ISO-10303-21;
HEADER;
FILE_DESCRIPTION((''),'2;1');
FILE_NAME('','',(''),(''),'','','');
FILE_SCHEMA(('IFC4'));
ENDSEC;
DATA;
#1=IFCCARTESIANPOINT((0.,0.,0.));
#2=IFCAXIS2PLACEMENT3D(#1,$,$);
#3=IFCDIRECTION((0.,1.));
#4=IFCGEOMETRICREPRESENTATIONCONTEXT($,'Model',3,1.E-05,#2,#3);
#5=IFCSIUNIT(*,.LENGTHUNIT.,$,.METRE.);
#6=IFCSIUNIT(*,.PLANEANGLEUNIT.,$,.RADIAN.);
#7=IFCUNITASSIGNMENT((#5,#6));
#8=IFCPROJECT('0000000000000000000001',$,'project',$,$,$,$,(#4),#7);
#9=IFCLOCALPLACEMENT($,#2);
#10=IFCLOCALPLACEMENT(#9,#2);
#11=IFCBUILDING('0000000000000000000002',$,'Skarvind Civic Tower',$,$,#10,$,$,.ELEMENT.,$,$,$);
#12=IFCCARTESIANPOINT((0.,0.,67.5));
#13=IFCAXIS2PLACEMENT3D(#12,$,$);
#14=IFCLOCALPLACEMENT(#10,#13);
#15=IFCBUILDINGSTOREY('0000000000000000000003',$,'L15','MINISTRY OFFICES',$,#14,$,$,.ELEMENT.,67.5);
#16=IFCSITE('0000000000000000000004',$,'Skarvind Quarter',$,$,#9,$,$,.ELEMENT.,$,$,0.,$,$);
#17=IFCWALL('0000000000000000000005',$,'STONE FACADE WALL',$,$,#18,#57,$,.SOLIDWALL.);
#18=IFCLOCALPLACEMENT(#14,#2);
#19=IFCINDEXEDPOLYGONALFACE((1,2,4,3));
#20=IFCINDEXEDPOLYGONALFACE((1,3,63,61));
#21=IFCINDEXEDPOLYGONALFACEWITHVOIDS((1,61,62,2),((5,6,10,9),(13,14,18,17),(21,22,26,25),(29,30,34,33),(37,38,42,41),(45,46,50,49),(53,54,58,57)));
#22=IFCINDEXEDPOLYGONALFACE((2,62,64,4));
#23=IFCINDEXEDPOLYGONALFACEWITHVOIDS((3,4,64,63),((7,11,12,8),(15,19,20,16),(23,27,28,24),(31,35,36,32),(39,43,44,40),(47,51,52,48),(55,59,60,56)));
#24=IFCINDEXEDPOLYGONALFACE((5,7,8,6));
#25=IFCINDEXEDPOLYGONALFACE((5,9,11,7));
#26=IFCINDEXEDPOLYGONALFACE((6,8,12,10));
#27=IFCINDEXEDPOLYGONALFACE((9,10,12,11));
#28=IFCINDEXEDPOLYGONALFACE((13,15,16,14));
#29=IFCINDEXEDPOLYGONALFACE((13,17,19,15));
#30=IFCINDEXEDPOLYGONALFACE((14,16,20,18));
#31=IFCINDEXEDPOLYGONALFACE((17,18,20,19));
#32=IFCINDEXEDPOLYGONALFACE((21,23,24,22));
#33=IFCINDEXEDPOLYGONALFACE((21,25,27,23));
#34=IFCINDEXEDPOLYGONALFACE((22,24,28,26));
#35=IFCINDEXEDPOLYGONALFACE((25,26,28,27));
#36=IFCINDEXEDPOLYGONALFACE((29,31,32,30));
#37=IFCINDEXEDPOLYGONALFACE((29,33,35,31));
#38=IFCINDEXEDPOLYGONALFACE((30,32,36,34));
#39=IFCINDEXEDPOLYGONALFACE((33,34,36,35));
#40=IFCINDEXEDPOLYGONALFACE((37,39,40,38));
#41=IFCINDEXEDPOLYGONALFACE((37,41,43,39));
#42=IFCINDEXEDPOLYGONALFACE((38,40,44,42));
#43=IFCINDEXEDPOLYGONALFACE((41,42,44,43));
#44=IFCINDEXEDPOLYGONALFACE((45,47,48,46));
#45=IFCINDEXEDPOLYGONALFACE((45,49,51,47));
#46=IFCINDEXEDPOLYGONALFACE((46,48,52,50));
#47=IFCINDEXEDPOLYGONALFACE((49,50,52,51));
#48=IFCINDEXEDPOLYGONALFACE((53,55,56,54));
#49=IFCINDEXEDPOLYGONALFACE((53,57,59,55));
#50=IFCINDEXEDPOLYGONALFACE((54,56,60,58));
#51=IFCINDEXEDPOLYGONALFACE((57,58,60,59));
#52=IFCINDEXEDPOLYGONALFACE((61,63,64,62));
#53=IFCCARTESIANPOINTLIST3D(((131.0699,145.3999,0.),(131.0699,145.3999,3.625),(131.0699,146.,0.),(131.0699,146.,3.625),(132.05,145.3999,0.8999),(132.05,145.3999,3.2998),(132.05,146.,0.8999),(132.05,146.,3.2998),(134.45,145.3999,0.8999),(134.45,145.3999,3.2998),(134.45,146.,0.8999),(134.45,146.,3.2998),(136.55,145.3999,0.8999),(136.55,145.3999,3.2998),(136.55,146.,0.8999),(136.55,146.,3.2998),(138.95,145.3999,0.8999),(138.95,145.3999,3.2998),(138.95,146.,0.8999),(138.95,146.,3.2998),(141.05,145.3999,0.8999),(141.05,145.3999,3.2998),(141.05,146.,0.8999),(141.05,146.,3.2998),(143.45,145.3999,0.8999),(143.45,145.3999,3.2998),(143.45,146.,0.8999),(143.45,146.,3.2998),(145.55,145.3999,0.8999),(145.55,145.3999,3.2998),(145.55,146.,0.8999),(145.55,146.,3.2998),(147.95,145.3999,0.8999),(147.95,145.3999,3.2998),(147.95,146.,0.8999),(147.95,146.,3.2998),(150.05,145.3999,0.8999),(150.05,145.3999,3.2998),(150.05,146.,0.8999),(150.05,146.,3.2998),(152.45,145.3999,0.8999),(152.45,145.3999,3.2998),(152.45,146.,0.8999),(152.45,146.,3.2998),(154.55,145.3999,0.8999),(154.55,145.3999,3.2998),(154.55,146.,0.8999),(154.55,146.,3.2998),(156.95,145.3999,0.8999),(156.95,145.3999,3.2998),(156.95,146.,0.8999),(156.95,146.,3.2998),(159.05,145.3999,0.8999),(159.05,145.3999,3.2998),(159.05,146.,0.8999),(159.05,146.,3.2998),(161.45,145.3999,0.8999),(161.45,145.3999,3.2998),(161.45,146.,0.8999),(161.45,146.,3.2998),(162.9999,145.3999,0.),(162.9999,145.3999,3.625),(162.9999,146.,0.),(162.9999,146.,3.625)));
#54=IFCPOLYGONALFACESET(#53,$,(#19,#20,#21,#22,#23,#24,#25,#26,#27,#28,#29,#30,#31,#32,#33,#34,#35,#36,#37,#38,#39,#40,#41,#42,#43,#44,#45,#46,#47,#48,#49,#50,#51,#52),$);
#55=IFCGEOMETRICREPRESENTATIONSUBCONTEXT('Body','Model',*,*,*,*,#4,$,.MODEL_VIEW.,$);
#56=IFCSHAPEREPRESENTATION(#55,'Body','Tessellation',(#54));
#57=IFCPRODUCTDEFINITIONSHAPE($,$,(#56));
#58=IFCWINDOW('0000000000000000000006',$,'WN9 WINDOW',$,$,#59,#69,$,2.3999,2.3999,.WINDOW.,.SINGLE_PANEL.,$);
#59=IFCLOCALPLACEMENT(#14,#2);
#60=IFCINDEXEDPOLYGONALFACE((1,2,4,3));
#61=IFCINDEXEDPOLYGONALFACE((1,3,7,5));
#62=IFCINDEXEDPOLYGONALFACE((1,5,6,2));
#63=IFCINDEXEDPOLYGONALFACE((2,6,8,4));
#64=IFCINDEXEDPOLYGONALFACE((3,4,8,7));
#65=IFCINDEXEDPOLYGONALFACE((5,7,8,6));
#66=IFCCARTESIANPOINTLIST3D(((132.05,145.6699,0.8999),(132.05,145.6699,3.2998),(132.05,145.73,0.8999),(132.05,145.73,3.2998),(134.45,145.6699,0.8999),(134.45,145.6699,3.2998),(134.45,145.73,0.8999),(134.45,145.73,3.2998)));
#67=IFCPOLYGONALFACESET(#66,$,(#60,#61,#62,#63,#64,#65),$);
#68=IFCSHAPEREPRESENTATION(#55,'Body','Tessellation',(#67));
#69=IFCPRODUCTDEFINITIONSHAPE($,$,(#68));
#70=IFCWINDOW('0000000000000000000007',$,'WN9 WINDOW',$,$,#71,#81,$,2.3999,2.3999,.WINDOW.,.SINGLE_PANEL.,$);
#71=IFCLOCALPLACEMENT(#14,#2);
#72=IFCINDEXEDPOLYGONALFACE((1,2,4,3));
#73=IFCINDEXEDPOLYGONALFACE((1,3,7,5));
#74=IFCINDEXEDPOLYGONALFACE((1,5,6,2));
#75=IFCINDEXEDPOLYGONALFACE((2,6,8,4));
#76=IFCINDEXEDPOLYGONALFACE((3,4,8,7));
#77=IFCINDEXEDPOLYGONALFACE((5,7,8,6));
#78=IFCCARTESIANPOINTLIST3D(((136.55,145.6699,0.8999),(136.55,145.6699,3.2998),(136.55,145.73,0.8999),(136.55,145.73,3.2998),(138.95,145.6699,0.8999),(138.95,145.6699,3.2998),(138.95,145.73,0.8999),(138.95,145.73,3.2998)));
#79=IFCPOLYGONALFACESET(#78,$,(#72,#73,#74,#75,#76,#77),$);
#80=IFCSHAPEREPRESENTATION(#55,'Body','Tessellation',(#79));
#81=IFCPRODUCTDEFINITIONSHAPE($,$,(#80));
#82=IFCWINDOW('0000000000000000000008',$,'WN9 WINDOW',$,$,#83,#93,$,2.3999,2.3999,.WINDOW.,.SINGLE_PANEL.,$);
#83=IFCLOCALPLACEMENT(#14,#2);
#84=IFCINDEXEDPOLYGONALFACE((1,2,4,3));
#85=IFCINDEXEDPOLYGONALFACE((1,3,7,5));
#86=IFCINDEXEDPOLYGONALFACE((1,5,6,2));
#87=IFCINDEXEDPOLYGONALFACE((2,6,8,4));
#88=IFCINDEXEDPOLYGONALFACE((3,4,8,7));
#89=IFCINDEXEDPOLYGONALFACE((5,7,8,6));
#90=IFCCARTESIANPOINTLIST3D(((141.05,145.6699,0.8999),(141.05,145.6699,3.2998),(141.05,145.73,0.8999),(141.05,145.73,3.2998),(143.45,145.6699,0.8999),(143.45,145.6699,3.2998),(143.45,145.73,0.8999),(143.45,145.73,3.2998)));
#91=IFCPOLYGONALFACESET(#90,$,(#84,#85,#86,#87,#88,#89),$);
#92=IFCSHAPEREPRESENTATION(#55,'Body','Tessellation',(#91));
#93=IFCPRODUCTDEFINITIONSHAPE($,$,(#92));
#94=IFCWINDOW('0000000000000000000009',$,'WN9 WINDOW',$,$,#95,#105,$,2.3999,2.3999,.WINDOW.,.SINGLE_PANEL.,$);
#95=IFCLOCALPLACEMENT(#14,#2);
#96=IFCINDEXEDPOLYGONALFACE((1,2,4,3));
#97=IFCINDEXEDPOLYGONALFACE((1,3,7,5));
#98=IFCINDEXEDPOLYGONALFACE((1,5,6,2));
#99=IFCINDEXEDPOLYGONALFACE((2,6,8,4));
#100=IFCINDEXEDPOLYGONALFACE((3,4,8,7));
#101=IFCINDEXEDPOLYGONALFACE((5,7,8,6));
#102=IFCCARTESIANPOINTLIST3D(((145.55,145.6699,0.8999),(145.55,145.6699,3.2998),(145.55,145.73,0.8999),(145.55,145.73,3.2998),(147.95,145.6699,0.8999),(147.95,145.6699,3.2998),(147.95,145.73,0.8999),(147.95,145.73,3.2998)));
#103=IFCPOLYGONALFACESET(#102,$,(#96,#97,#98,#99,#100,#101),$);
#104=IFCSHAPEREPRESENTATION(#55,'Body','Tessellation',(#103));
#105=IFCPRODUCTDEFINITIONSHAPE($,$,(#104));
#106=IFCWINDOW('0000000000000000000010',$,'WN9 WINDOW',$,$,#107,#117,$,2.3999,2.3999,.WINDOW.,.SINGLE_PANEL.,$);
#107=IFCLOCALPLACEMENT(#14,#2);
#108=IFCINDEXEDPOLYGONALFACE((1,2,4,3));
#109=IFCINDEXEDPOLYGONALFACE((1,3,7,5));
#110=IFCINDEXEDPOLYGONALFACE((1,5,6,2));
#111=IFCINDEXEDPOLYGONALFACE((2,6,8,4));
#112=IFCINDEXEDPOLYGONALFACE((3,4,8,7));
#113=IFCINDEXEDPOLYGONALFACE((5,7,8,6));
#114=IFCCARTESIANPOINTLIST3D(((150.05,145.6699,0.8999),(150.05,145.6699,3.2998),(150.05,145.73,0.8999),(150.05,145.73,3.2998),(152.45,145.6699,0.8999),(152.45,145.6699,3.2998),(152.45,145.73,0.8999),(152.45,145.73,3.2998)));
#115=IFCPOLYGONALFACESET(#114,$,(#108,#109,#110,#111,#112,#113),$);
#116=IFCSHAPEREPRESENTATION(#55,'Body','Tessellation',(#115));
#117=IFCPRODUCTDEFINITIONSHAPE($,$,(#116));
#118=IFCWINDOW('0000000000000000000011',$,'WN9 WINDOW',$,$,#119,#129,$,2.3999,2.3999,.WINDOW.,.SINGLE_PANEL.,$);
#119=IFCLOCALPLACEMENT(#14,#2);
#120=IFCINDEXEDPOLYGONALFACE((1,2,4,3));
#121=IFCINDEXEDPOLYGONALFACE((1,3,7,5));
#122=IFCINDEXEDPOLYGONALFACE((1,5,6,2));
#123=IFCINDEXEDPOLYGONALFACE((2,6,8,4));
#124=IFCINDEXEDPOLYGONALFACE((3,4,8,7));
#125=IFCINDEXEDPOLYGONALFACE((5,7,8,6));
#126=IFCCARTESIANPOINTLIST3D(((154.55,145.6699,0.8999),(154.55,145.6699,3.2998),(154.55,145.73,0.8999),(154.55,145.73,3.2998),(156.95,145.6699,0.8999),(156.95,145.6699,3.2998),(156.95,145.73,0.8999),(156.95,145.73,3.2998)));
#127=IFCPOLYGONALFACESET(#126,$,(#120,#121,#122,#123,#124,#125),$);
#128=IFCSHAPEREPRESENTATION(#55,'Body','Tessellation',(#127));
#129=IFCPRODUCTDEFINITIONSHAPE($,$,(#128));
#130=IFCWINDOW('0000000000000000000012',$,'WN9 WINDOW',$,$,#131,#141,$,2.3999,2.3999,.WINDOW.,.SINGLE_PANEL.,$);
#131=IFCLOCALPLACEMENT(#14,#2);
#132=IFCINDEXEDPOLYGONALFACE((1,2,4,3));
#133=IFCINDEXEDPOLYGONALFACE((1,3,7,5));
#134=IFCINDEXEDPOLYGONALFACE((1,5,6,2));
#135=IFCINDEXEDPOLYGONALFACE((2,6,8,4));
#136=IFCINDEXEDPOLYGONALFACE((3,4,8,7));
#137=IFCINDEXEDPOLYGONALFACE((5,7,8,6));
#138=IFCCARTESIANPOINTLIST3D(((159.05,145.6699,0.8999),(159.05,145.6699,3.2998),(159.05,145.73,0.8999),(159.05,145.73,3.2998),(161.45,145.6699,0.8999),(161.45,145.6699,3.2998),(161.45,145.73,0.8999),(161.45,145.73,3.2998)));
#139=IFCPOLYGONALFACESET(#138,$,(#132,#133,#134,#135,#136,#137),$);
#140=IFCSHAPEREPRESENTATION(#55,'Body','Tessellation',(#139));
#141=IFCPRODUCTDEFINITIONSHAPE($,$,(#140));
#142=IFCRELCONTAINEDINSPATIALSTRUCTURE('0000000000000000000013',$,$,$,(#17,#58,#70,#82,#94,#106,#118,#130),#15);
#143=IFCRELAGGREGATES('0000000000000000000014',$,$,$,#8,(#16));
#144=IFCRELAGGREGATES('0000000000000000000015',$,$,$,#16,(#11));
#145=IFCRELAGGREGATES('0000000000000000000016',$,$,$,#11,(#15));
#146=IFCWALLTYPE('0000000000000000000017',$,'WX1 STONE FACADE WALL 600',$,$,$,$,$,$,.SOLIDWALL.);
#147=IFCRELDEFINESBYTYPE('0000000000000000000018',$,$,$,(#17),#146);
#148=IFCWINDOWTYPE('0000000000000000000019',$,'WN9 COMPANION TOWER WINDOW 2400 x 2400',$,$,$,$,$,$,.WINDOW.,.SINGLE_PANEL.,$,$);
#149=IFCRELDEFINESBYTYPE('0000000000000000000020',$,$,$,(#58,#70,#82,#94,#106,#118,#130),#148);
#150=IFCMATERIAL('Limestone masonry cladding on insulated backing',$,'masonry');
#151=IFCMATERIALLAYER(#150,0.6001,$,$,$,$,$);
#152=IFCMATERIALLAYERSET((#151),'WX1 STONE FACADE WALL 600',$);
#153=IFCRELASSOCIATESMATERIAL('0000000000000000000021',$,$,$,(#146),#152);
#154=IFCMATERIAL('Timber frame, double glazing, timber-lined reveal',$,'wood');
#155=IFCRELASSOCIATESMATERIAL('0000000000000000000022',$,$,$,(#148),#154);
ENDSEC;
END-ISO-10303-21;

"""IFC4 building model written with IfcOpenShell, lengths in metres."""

from ifc_helpers import new_model, si_unit, direction, frame, frame_2d, origin, place, context, subcontext, project, spatial, rectangle, extrude, material, layer, layer_set, type_object, element, fill, save


model = new_model("IFC4")

# Units and contexts
model_context = context("Model", 3, precision=1e-05, world=origin(), true_north=direction((0.0, 1.0)))
body_context = subcontext(model_context, "Body", "Model", "MODEL_VIEW")
ifc_project = project(units=[si_unit("LENGTHUNIT", "METRE"), si_unit("PLANEANGLEUNIT", "RADIAN")], contexts=[model_context])

# Site, building, storey
site_placement = place(None, origin())
site = spatial("IfcSite", under=ifc_project, at=site_placement, Name="Skarvind Quarter", CompositionType="ELEMENT", RefElevation=0.0)
building_placement = place(site_placement, origin())
building = spatial("IfcBuilding", under=site, at=building_placement, Name="Skarvind Civic Tower", CompositionType="ELEMENT")
storey_placement = place(building_placement, frame((0.0, 0.0, 67.5)))
storey = spatial("IfcBuildingStorey", under=building, at=storey_placement, Name="L15", Description="MINISTRY OFFICES", CompositionType="ELEMENT", Elevation=67.5)

# Wall, openings, windows
ifc_material_1 = material(Name="Limestone masonry cladding on insulated backing", Category="masonry")
ifc_layer_1 = layer(ifc_material_1, 0.6001)
ifc_layer_set_1 = layer_set([ifc_layer_1], Name="WX1 STONE FACADE WALL 600")
wall_type_1 = type_object("IfcWallType", Name="WX1 STONE FACADE WALL 600", PredefinedType="SOLIDWALL", material=ifc_layer_set_1)
wall_1_placement = place(storey_placement, frame((131.0701, 145.7, 0.0), z_axis=(0.0, 0.0, 1.0), x_axis=(1.0, 0.0, 0.0)))
wall_1 = element("IfcWall", 1, at=wall_1_placement, inside=storey, type_object=wall_type_1, Name="STONE FACADE WALL", PredefinedType="SOLIDWALL", context=body_context, shape_type="SweptSolid", body=[
    extrude(rectangle(XDim=31.9299, YDim=0.6001, at=frame_2d((15.9648, 0.0))), origin(), (0.0, 0.0, 1.0), 3.625),
])
opening_1_placement = place(wall_1_placement, frame((0.98, 0.0, 0.8999)))
opening_1 = element("IfcOpeningElement", 2, at=opening_1_placement, cuts=wall_1, PredefinedType="OPENING", context=body_context, shape_type="SweptSolid", body=[
    extrude(rectangle(XDim=2.3999, YDim=2.3999, at=frame_2d((1.2, 1.2))), frame((0.0, 0.3101, 0.0), z_axis=(0.0, -1.0, 0.0), x_axis=(1.0, 0.0, 0.0)), (0.0, 0.0, 1.0), 0.6201),
])
opening_2_placement = place(wall_1_placement, frame((5.48, 0.0, 0.8999)))
opening_2 = element("IfcOpeningElement", 3, at=opening_2_placement, cuts=wall_1, PredefinedType="OPENING", context=body_context, shape_type="SweptSolid", body=[
    extrude(rectangle(XDim=2.3999, YDim=2.3999, at=frame_2d((1.2, 1.2))), frame((0.0, 0.3101, 0.0), z_axis=(0.0, -1.0, 0.0), x_axis=(1.0, 0.0, 0.0)), (0.0, 0.0, 1.0), 0.6201),
])
opening_3_placement = place(wall_1_placement, frame((9.98, 0.0, 0.8999)))
opening_3 = element("IfcOpeningElement", 4, at=opening_3_placement, cuts=wall_1, PredefinedType="OPENING", context=body_context, shape_type="SweptSolid", body=[
    extrude(rectangle(XDim=2.3999, YDim=2.3999, at=frame_2d((1.2, 1.2))), frame((0.0, 0.3101, 0.0), z_axis=(0.0, -1.0, 0.0), x_axis=(1.0, 0.0, 0.0)), (0.0, 0.0, 1.0), 0.6201),
])
opening_4_placement = place(wall_1_placement, frame((14.48, 0.0, 0.8999)))
opening_4 = element("IfcOpeningElement", 5, at=opening_4_placement, cuts=wall_1, PredefinedType="OPENING", context=body_context, shape_type="SweptSolid", body=[
    extrude(rectangle(XDim=2.3999, YDim=2.3999, at=frame_2d((1.2, 1.2))), frame((0.0, 0.3101, 0.0), z_axis=(0.0, -1.0, 0.0), x_axis=(1.0, 0.0, 0.0)), (0.0, 0.0, 1.0), 0.6201),
])
opening_5_placement = place(wall_1_placement, frame((18.98, 0.0, 0.8999)))
opening_5 = element("IfcOpeningElement", 6, at=opening_5_placement, cuts=wall_1, PredefinedType="OPENING", context=body_context, shape_type="SweptSolid", body=[
    extrude(rectangle(XDim=2.3999, YDim=2.3999, at=frame_2d((1.2, 1.2))), frame((0.0, 0.3101, 0.0), z_axis=(0.0, -1.0, 0.0), x_axis=(1.0, 0.0, 0.0)), (0.0, 0.0, 1.0), 0.6201),
])
opening_6_placement = place(wall_1_placement, frame((23.48, 0.0, 0.8999)))
opening_6 = element("IfcOpeningElement", 7, at=opening_6_placement, cuts=wall_1, PredefinedType="OPENING", context=body_context, shape_type="SweptSolid", body=[
    extrude(rectangle(XDim=2.3999, YDim=2.3999, at=frame_2d((1.2, 1.2))), frame((0.0, 0.3101, 0.0), z_axis=(0.0, -1.0, 0.0), x_axis=(1.0, 0.0, 0.0)), (0.0, 0.0, 1.0), 0.6201),
])
opening_7_placement = place(wall_1_placement, frame((27.98, 0.0, 0.8999)))
opening_7 = element("IfcOpeningElement", 8, at=opening_7_placement, cuts=wall_1, PredefinedType="OPENING", context=body_context, shape_type="SweptSolid", body=[
    extrude(rectangle(XDim=2.3999, YDim=2.3999, at=frame_2d((1.2, 1.2))), frame((0.0, 0.3101, 0.0), z_axis=(0.0, -1.0, 0.0), x_axis=(1.0, 0.0, 0.0)), (0.0, 0.0, 1.0), 0.6201),
])
ifc_material_2 = material(Name="Timber frame, double glazing, timber-lined reveal", Category="wood")
window_type = type_object("IfcWindowType", Name="WN9 COMPANION TOWER WINDOW 2400 x 2400", PartitioningType="SINGLE_PANEL", PredefinedType="WINDOW", material=ifc_material_2)
window_1_placement = place(opening_1_placement, origin())
window_1 = element("IfcWindow", 9, at=window_1_placement, inside=storey, type_object=window_type, Name="WN9 WINDOW", OverallHeight=2.3999, OverallWidth=2.3999, PartitioningType="SINGLE_PANEL", PredefinedType="WINDOW", context=body_context, shape_type="SweptSolid", body=[
    extrude(rectangle(XDim=2.3999, YDim=2.3999, at=frame_2d((1.2, 1.2))), frame((0.0, 0.03, 0.0), z_axis=(0.0, -1.0, 0.0), x_axis=(1.0, 0.0, 0.0)), (0.0, 0.0, 1.0), 0.0601),
])
fill(opening_1, window_1)
window_2_placement = place(opening_2_placement, origin())
window_2 = element("IfcWindow", 10, at=window_2_placement, inside=storey, type_object=window_type, Name="WN9 WINDOW", OverallHeight=2.3999, OverallWidth=2.3999, PartitioningType="SINGLE_PANEL", PredefinedType="WINDOW", context=body_context, shape_type="SweptSolid", body=[
    extrude(rectangle(XDim=2.3999, YDim=2.3999, at=frame_2d((1.2, 1.2))), frame((0.0, 0.03, 0.0), z_axis=(0.0, -1.0, 0.0), x_axis=(1.0, 0.0, 0.0)), (0.0, 0.0, 1.0), 0.0601),
])
fill(opening_2, window_2)
window_3_placement = place(opening_3_placement, origin())
window_3 = element("IfcWindow", 11, at=window_3_placement, inside=storey, type_object=window_type, Name="WN9 WINDOW", OverallHeight=2.3999, OverallWidth=2.3999, PartitioningType="SINGLE_PANEL", PredefinedType="WINDOW", context=body_context, shape_type="SweptSolid", body=[
    extrude(rectangle(XDim=2.3999, YDim=2.3999, at=frame_2d((1.2, 1.2))), frame((0.0, 0.03, 0.0), z_axis=(0.0, -1.0, 0.0), x_axis=(1.0, 0.0, 0.0)), (0.0, 0.0, 1.0), 0.0601),
])
fill(opening_3, window_3)
window_4_placement = place(opening_4_placement, origin())
window_4 = element("IfcWindow", 12, at=window_4_placement, inside=storey, type_object=window_type, Name="WN9 WINDOW", OverallHeight=2.3999, OverallWidth=2.3999, PartitioningType="SINGLE_PANEL", PredefinedType="WINDOW", context=body_context, shape_type="SweptSolid", body=[
    extrude(rectangle(XDim=2.3999, YDim=2.3999, at=frame_2d((1.2, 1.2))), frame((0.0, 0.03, 0.0), z_axis=(0.0, -1.0, 0.0), x_axis=(1.0, 0.0, 0.0)), (0.0, 0.0, 1.0), 0.0601),
])
fill(opening_4, window_4)
window_5_placement = place(opening_5_placement, origin())
window_5 = element("IfcWindow", 13, at=window_5_placement, inside=storey, type_object=window_type, Name="WN9 WINDOW", OverallHeight=2.3999, OverallWidth=2.3999, PartitioningType="SINGLE_PANEL", PredefinedType="WINDOW", context=body_context, shape_type="SweptSolid", body=[
    extrude(rectangle(XDim=2.3999, YDim=2.3999, at=frame_2d((1.2, 1.2))), frame((0.0, 0.03, 0.0), z_axis=(0.0, -1.0, 0.0), x_axis=(1.0, 0.0, 0.0)), (0.0, 0.0, 1.0), 0.0601),
])
fill(opening_5, window_5)
window_6_placement = place(opening_6_placement, origin())
window_6 = element("IfcWindow", 14, at=window_6_placement, inside=storey, type_object=window_type, Name="WN9 WINDOW", OverallHeight=2.3999, OverallWidth=2.3999, PartitioningType="SINGLE_PANEL", PredefinedType="WINDOW", context=body_context, shape_type="SweptSolid", body=[
    extrude(rectangle(XDim=2.3999, YDim=2.3999, at=frame_2d((1.2, 1.2))), frame((0.0, 0.03, 0.0), z_axis=(0.0, -1.0, 0.0), x_axis=(1.0, 0.0, 0.0)), (0.0, 0.0, 1.0), 0.0601),
])
fill(opening_6, window_6)
window_7_placement = place(opening_7_placement, origin())
window_7 = element("IfcWindow", 15, at=window_7_placement, inside=storey, type_object=window_type, Name="WN9 WINDOW", OverallHeight=2.3999, OverallWidth=2.3999, PartitioningType="SINGLE_PANEL", PredefinedType="WINDOW", context=body_context, shape_type="SweptSolid", body=[
    extrude(rectangle(XDim=2.3999, YDim=2.3999, at=frame_2d((1.2, 1.2))), frame((0.0, 0.03, 0.0), z_axis=(0.0, -1.0, 0.0), x_axis=(1.0, 0.0, 0.0)), (0.0, 0.0, 1.0), 0.0601),
])
fill(opening_7, window_7)

save(model, "model.ifc")
